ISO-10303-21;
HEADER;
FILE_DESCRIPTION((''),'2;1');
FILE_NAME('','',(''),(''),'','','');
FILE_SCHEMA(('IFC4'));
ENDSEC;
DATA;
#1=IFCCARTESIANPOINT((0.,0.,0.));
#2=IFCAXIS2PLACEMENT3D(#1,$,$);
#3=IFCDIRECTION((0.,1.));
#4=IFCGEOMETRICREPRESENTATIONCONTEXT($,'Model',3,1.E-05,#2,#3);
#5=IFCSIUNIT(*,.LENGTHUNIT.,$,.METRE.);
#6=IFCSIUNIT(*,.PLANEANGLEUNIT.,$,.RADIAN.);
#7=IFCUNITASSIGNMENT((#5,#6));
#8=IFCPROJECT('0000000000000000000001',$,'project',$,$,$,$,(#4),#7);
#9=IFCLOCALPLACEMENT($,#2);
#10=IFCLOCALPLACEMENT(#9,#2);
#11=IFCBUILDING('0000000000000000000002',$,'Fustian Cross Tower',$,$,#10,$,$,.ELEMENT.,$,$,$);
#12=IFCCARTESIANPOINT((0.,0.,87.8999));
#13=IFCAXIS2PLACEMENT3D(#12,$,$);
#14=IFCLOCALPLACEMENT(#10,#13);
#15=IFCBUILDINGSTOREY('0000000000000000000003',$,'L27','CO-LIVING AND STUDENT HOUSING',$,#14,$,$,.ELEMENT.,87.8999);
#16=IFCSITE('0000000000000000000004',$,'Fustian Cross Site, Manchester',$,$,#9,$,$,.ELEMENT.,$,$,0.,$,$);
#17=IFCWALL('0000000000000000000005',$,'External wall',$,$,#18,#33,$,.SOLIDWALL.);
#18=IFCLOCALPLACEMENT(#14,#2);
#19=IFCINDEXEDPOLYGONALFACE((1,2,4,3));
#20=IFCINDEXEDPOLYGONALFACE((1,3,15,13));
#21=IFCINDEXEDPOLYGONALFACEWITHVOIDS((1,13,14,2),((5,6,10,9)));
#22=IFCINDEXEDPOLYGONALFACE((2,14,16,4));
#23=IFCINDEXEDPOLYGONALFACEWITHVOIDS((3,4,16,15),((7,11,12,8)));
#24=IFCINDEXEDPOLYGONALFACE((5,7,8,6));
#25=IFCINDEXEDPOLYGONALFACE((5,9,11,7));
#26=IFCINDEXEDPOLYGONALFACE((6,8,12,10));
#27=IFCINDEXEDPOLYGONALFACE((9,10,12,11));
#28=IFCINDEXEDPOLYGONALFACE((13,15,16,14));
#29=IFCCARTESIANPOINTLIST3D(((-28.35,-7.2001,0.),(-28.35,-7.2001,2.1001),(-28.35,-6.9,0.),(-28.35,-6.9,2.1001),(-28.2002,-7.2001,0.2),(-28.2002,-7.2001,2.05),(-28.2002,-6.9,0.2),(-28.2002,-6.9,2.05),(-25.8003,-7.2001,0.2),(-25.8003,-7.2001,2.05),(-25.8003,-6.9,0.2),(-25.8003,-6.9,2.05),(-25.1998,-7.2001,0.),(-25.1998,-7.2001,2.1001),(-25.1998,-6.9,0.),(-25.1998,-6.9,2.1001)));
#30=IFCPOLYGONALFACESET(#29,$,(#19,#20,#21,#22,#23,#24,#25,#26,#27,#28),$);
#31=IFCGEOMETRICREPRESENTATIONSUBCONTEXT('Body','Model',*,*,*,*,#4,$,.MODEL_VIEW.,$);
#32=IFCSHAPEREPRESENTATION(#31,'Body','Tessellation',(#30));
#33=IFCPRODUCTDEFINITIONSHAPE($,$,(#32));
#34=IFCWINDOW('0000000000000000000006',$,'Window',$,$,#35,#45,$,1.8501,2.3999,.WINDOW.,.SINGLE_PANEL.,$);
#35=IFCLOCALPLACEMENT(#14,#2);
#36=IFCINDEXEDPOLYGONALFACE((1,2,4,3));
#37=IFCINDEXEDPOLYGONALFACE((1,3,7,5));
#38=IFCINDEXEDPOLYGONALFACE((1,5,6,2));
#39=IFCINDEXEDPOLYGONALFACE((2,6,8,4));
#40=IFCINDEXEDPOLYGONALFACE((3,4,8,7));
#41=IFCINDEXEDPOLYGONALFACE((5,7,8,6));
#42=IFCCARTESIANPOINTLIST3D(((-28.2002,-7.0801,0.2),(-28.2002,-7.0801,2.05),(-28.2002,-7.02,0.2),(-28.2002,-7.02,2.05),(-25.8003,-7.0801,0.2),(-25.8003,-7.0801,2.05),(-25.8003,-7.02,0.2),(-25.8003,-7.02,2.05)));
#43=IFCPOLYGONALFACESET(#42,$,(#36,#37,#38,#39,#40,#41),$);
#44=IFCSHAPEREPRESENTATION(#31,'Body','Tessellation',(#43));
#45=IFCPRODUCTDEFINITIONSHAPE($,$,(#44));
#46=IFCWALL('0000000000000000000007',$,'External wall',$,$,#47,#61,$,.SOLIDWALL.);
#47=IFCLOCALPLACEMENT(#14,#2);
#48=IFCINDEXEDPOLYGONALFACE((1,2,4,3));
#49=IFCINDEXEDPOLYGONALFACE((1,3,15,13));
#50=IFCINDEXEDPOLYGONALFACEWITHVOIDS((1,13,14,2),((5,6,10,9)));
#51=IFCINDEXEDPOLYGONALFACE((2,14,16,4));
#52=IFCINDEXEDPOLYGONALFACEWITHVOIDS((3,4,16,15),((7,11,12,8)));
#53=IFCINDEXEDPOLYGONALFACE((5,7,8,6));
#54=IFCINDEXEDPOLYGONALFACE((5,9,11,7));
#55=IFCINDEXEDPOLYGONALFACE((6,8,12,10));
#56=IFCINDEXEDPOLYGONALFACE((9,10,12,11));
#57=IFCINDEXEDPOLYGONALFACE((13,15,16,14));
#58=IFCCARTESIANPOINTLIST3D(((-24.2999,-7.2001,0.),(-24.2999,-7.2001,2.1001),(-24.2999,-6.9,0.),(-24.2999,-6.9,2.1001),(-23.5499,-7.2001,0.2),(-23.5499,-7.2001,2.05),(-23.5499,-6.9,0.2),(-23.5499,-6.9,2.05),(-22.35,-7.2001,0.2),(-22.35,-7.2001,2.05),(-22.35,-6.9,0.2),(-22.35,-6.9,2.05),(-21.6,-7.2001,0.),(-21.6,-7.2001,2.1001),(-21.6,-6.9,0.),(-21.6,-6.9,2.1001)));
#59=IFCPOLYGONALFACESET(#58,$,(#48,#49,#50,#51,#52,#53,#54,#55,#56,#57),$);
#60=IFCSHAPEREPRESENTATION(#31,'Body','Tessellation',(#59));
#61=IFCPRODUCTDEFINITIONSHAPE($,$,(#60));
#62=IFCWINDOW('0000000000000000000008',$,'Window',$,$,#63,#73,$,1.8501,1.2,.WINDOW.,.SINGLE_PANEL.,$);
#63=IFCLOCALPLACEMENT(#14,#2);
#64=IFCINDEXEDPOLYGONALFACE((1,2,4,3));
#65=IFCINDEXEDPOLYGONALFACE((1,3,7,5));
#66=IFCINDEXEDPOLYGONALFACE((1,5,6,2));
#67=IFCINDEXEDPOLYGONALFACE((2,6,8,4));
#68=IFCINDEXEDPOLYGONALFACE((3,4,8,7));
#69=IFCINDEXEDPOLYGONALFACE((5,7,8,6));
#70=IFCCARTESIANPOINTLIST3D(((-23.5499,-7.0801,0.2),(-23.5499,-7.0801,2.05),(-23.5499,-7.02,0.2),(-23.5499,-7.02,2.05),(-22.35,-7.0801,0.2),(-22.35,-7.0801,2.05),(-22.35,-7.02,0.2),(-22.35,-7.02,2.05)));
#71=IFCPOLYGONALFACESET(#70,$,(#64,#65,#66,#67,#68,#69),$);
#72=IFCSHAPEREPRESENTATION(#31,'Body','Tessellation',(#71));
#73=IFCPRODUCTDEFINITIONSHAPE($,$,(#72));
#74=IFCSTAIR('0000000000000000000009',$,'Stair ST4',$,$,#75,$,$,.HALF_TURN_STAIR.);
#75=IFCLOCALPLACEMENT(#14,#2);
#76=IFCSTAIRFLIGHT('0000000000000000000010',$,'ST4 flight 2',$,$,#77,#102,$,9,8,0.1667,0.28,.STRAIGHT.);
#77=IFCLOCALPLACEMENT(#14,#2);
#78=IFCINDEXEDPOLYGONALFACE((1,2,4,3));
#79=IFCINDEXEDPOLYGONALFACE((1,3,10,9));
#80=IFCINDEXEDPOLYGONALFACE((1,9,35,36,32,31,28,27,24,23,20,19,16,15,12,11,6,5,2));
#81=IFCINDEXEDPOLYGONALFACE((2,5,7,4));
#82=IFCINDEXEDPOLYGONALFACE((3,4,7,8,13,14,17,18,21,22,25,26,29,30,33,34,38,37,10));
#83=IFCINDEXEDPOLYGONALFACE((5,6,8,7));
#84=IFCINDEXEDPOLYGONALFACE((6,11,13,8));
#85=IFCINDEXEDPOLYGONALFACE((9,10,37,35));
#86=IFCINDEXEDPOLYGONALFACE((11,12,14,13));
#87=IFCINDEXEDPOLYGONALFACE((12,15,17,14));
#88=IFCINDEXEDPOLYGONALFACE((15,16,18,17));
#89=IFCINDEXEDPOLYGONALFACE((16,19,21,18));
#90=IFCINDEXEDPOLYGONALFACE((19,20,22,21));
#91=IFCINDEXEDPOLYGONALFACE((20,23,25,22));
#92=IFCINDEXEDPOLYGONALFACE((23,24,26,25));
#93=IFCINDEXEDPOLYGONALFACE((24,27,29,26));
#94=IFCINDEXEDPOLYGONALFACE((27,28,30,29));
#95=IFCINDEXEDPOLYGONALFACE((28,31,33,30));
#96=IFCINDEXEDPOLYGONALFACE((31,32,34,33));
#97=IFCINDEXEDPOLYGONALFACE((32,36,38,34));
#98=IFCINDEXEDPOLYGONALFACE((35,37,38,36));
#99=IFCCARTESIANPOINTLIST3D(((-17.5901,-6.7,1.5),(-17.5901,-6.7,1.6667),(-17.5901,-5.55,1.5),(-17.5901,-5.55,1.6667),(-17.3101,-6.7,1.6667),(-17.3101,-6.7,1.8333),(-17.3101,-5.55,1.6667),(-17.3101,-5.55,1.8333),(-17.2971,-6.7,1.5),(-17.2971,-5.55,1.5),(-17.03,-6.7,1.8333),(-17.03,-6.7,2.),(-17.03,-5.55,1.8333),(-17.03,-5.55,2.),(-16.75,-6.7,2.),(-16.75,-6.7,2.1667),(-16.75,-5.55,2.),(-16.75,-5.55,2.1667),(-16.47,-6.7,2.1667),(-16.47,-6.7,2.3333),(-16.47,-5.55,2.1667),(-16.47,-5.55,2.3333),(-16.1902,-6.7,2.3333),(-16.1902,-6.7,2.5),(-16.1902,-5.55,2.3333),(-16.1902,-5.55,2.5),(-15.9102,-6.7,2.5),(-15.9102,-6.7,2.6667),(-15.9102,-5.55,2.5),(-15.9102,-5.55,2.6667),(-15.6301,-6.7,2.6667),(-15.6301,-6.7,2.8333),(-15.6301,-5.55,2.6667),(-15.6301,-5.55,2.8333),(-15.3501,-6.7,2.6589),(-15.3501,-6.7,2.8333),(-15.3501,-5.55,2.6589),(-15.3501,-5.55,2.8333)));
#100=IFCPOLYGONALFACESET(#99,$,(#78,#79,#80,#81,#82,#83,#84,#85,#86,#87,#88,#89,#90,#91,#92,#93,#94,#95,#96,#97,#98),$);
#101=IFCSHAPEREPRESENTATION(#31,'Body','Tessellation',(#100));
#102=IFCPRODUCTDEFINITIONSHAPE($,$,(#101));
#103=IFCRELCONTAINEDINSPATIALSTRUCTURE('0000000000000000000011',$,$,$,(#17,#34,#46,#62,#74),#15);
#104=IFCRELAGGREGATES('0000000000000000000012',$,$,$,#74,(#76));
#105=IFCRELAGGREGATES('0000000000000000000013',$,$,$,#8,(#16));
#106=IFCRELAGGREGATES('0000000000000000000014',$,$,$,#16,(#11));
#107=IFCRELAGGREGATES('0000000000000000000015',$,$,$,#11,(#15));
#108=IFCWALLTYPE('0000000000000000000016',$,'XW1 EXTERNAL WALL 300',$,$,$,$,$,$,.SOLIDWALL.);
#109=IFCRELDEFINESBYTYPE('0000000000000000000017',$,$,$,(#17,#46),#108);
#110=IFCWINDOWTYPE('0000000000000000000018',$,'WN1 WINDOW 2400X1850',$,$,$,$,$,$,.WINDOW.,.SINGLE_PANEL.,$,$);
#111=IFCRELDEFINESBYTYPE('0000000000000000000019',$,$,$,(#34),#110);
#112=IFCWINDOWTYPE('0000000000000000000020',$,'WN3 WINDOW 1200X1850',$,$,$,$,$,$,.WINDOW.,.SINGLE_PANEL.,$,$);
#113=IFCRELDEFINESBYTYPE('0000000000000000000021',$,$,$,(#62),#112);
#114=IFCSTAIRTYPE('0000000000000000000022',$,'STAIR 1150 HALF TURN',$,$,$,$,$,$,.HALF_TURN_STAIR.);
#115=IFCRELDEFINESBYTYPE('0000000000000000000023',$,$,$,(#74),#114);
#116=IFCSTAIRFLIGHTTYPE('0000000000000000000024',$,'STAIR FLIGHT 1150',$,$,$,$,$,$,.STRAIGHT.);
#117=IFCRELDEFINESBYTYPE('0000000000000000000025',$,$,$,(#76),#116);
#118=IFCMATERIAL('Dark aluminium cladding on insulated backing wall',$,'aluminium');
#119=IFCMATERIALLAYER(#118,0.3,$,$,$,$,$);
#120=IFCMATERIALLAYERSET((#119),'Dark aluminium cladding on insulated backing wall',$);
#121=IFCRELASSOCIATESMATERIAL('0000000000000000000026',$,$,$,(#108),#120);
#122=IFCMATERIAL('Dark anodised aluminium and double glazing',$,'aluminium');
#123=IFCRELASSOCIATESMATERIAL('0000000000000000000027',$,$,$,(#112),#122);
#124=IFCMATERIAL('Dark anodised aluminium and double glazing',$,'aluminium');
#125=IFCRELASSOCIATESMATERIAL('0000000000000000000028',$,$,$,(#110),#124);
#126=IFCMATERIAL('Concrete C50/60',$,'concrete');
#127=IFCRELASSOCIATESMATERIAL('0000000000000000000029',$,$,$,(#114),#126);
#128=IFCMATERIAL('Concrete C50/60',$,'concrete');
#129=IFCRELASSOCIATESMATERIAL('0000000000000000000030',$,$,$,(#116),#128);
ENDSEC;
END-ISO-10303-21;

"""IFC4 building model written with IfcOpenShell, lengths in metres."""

from ifc_helpers import new_model, si_unit, direction, frame, frame_2d, origin, place, context, subcontext, project, spatial, polyline, rectangle, outline, extrude, material, layer, layer_set, type_object, element, fill, aggregate, save


model = new_model("IFC4")

# Units and contexts
model_context = context("Model", 3, precision=1e-05, world=origin(), true_north=direction((0.0, 1.0)))
body_context = subcontext(model_context, "Body", "Model", "MODEL_VIEW")
ifc_project = project(units=[si_unit("LENGTHUNIT", "METRE"), si_unit("PLANEANGLEUNIT", "RADIAN")], contexts=[model_context])

# Site, building, storey
site_placement = place(None, origin())
site = spatial("IfcSite", under=ifc_project, at=site_placement, Name="Fustian Cross Site, Manchester", CompositionType="ELEMENT", RefElevation=0.0)
building_placement = place(site_placement, origin())
building = spatial("IfcBuilding", under=site, at=building_placement, Name="Fustian Cross Tower", CompositionType="ELEMENT")
storey_placement = place(building_placement, frame((0.0, 0.0, 87.8999)))
storey = spatial("IfcBuildingStorey", under=building, at=storey_placement, Name="L27", Description="CO-LIVING AND STUDENT HOUSING", CompositionType="ELEMENT", Elevation=87.8999)

# Shared definitions
ifc_material_1 = material(Name="Dark aluminium cladding on insulated backing wall", Category="aluminium")
ifc_layer_1 = layer(ifc_material_1, 0.3)
ifc_layer_set_1 = layer_set([ifc_layer_1], Name="Dark aluminium cladding on insulated backing wall")
wall_type_1 = type_object("IfcWallType", Name="XW1 EXTERNAL WALL 300", PredefinedType="SOLIDWALL", material=ifc_layer_set_1)

# Shared definitions
ifc_material_2 = material(Name="Dark anodised aluminium and double glazing", Category="aluminium")
window_type_1 = type_object("IfcWindowType", Name="WN3 WINDOW 1200X1850", PartitioningType="SINGLE_PANEL", PredefinedType="WINDOW", material=ifc_material_2)

# Shared definitions
ifc_material_3 = material(Name="Dark anodised aluminium and double glazing", Category="aluminium")
window_type_2 = type_object("IfcWindowType", Name="WN1 WINDOW 2400X1850", PartitioningType="SINGLE_PANEL", PredefinedType="WINDOW", material=ifc_material_3)

# Walls, openings, windows
wall_1_placement = place(storey_placement, frame((-28.3501, -7.05, 0.0), z_axis=(0.0, 0.0, 1.0), x_axis=(1.0, 0.0, 0.0)))
wall_1 = element("IfcWall", 1, at=wall_1_placement, inside=storey, type_object=wall_type_1, Name="External wall", PredefinedType="SOLIDWALL", context=body_context, shape_type="SweptSolid", body=[
    extrude(rectangle(XDim=3.1501, YDim=0.3, at=frame_2d((1.5752, 0.0))), origin(), (0.0, 0.0, 1.0), 2.1001),
])
opening_1_placement = place(wall_1_placement, frame((0.1499, 0.0, 0.2)))
opening_1 = element("IfcOpeningElement", 2, at=opening_1_placement, cuts=wall_1, PredefinedType="OPENING", context=body_context, shape_type="SweptSolid", body=[
    extrude(rectangle(XDim=2.3999, YDim=1.8501, at=frame_2d((1.2, 0.925))), frame((0.0, 0.1599, 0.0), z_axis=(0.0, -1.0, 0.0), x_axis=(1.0, 0.0, 0.0)), (0.0, 0.0, 1.0), 0.3201),
])
window_1_placement = place(opening_1_placement, origin())
window_1 = element("IfcWindow", 3, at=window_1_placement, inside=storey, type_object=window_type_2, Name="Window", OverallHeight=1.8501, OverallWidth=2.3999, PartitioningType="SINGLE_PANEL", PredefinedType="WINDOW", context=body_context, shape_type="SweptSolid", body=[
    extrude(rectangle(XDim=2.3999, YDim=1.8501, at=frame_2d((1.2, 0.925))), frame((0.0, 0.03, 0.0), z_axis=(0.0, -1.0, 0.0), x_axis=(1.0, 0.0, 0.0)), (0.0, 0.0, 1.0), 0.0601),
])
fill(opening_1, window_1)
wall_2_placement = place(storey_placement, frame((-24.3, -7.05, 0.0), z_axis=(0.0, 0.0, 1.0), x_axis=(1.0, 0.0, 0.0)))
wall_2 = element("IfcWall", 4, at=wall_2_placement, inside=storey, type_object=wall_type_1, Name="External wall", PredefinedType="SOLIDWALL", context=body_context, shape_type="SweptSolid", body=[
    extrude(rectangle(XDim=2.7, YDim=0.3, at=frame_2d((1.3501, 0.0))), origin(), (0.0, 0.0, 1.0), 2.1001),
])
opening_2_placement = place(wall_2_placement, frame((0.75, 0.0, 0.2)))
opening_2 = element("IfcOpeningElement", 5, at=opening_2_placement, cuts=wall_2, PredefinedType="OPENING", context=body_context, shape_type="SweptSolid", body=[
    extrude(rectangle(XDim=1.2, YDim=1.8501, at=frame_2d((0.6001, 0.925))), frame((0.0, 0.1599, 0.0), z_axis=(0.0, -1.0, 0.0), x_axis=(1.0, 0.0, 0.0)), (0.0, 0.0, 1.0), 0.3201),
])
window_2_placement = place(opening_2_placement, origin())
window_2 = element("IfcWindow", 6, at=window_2_placement, inside=storey, type_object=window_type_1, Name="Window", OverallHeight=1.8501, OverallWidth=1.2, PartitioningType="SINGLE_PANEL", PredefinedType="WINDOW", context=body_context, shape_type="SweptSolid", body=[
    extrude(rectangle(XDim=1.2, YDim=1.8501, at=frame_2d((0.6001, 0.925))), frame((0.0, 0.03, 0.0), z_axis=(0.0, -1.0, 0.0), x_axis=(1.0, 0.0, 0.0)), (0.0, 0.0, 1.0), 0.0601),
])
fill(opening_2, window_2)

# Stair, stair flight
ifc_material_4 = material(Name="Concrete C50/60", Category="concrete")
stair_type = type_object("IfcStairType", Name="STAIR 1150 HALF TURN", PredefinedType="HALF_TURN_STAIR", material=ifc_material_4)
stair_placement = place(storey_placement, origin())
stair = element("IfcStair", 7, at=stair_placement, inside=storey, type_object=stair_type, Name="Stair ST4", PredefinedType="HALF_TURN_STAIR")
ifc_material_5 = material(Name="Concrete C50/60", Category="concrete")
stair_flight_type = type_object("IfcStairFlightType", Name="STAIR FLIGHT 1150", PredefinedType="STRAIGHT", material=ifc_material_5)
stair_flight_placement = place(storey_placement, frame((-17.5901, -6.125, 1.5), z_axis=(0.0, 0.0, 1.0), x_axis=(1.0, 0.0, 0.0)))
stair_flight = element("IfcStairFlight", 8, at=stair_flight_placement, type_object=stair_flight_type, Name="ST4 flight 2", NumberOfRisers=9, NumberOfTreads=8, PredefinedType="STRAIGHT", RiserHeight=0.1667, TreadLength=0.28, context=body_context, shape_type="SweptSolid", body=[
    extrude(outline(polyline([(0.0, 0.0), (0.0, 0.1667), (0.28, 0.1667), (0.28, 0.3333), (0.5601, 0.3333), (0.5601, 0.5), (0.8401, 0.5), (0.8401, 0.6667), (1.1201, 0.6667), (1.1201, 0.8333), (1.3999, 0.8333), (1.3999, 1.0), (1.6799, 1.0), (1.6799, 1.1667), (1.96, 1.1667), (1.96, 1.3333), (2.24, 1.3333), (2.24, 1.5), (2.24, 1.1589), (0.293, 0.0), (0.0, 0.0)])), frame((0.0, 0.575, 0.0), z_axis=(0.0, -1.0, 0.0), x_axis=(1.0, 0.0, 0.0)), (0.0, 0.0, 1.0), 1.1499),
])
aggregate(stair, [stair_flight])

save(model, "model.ifc")
